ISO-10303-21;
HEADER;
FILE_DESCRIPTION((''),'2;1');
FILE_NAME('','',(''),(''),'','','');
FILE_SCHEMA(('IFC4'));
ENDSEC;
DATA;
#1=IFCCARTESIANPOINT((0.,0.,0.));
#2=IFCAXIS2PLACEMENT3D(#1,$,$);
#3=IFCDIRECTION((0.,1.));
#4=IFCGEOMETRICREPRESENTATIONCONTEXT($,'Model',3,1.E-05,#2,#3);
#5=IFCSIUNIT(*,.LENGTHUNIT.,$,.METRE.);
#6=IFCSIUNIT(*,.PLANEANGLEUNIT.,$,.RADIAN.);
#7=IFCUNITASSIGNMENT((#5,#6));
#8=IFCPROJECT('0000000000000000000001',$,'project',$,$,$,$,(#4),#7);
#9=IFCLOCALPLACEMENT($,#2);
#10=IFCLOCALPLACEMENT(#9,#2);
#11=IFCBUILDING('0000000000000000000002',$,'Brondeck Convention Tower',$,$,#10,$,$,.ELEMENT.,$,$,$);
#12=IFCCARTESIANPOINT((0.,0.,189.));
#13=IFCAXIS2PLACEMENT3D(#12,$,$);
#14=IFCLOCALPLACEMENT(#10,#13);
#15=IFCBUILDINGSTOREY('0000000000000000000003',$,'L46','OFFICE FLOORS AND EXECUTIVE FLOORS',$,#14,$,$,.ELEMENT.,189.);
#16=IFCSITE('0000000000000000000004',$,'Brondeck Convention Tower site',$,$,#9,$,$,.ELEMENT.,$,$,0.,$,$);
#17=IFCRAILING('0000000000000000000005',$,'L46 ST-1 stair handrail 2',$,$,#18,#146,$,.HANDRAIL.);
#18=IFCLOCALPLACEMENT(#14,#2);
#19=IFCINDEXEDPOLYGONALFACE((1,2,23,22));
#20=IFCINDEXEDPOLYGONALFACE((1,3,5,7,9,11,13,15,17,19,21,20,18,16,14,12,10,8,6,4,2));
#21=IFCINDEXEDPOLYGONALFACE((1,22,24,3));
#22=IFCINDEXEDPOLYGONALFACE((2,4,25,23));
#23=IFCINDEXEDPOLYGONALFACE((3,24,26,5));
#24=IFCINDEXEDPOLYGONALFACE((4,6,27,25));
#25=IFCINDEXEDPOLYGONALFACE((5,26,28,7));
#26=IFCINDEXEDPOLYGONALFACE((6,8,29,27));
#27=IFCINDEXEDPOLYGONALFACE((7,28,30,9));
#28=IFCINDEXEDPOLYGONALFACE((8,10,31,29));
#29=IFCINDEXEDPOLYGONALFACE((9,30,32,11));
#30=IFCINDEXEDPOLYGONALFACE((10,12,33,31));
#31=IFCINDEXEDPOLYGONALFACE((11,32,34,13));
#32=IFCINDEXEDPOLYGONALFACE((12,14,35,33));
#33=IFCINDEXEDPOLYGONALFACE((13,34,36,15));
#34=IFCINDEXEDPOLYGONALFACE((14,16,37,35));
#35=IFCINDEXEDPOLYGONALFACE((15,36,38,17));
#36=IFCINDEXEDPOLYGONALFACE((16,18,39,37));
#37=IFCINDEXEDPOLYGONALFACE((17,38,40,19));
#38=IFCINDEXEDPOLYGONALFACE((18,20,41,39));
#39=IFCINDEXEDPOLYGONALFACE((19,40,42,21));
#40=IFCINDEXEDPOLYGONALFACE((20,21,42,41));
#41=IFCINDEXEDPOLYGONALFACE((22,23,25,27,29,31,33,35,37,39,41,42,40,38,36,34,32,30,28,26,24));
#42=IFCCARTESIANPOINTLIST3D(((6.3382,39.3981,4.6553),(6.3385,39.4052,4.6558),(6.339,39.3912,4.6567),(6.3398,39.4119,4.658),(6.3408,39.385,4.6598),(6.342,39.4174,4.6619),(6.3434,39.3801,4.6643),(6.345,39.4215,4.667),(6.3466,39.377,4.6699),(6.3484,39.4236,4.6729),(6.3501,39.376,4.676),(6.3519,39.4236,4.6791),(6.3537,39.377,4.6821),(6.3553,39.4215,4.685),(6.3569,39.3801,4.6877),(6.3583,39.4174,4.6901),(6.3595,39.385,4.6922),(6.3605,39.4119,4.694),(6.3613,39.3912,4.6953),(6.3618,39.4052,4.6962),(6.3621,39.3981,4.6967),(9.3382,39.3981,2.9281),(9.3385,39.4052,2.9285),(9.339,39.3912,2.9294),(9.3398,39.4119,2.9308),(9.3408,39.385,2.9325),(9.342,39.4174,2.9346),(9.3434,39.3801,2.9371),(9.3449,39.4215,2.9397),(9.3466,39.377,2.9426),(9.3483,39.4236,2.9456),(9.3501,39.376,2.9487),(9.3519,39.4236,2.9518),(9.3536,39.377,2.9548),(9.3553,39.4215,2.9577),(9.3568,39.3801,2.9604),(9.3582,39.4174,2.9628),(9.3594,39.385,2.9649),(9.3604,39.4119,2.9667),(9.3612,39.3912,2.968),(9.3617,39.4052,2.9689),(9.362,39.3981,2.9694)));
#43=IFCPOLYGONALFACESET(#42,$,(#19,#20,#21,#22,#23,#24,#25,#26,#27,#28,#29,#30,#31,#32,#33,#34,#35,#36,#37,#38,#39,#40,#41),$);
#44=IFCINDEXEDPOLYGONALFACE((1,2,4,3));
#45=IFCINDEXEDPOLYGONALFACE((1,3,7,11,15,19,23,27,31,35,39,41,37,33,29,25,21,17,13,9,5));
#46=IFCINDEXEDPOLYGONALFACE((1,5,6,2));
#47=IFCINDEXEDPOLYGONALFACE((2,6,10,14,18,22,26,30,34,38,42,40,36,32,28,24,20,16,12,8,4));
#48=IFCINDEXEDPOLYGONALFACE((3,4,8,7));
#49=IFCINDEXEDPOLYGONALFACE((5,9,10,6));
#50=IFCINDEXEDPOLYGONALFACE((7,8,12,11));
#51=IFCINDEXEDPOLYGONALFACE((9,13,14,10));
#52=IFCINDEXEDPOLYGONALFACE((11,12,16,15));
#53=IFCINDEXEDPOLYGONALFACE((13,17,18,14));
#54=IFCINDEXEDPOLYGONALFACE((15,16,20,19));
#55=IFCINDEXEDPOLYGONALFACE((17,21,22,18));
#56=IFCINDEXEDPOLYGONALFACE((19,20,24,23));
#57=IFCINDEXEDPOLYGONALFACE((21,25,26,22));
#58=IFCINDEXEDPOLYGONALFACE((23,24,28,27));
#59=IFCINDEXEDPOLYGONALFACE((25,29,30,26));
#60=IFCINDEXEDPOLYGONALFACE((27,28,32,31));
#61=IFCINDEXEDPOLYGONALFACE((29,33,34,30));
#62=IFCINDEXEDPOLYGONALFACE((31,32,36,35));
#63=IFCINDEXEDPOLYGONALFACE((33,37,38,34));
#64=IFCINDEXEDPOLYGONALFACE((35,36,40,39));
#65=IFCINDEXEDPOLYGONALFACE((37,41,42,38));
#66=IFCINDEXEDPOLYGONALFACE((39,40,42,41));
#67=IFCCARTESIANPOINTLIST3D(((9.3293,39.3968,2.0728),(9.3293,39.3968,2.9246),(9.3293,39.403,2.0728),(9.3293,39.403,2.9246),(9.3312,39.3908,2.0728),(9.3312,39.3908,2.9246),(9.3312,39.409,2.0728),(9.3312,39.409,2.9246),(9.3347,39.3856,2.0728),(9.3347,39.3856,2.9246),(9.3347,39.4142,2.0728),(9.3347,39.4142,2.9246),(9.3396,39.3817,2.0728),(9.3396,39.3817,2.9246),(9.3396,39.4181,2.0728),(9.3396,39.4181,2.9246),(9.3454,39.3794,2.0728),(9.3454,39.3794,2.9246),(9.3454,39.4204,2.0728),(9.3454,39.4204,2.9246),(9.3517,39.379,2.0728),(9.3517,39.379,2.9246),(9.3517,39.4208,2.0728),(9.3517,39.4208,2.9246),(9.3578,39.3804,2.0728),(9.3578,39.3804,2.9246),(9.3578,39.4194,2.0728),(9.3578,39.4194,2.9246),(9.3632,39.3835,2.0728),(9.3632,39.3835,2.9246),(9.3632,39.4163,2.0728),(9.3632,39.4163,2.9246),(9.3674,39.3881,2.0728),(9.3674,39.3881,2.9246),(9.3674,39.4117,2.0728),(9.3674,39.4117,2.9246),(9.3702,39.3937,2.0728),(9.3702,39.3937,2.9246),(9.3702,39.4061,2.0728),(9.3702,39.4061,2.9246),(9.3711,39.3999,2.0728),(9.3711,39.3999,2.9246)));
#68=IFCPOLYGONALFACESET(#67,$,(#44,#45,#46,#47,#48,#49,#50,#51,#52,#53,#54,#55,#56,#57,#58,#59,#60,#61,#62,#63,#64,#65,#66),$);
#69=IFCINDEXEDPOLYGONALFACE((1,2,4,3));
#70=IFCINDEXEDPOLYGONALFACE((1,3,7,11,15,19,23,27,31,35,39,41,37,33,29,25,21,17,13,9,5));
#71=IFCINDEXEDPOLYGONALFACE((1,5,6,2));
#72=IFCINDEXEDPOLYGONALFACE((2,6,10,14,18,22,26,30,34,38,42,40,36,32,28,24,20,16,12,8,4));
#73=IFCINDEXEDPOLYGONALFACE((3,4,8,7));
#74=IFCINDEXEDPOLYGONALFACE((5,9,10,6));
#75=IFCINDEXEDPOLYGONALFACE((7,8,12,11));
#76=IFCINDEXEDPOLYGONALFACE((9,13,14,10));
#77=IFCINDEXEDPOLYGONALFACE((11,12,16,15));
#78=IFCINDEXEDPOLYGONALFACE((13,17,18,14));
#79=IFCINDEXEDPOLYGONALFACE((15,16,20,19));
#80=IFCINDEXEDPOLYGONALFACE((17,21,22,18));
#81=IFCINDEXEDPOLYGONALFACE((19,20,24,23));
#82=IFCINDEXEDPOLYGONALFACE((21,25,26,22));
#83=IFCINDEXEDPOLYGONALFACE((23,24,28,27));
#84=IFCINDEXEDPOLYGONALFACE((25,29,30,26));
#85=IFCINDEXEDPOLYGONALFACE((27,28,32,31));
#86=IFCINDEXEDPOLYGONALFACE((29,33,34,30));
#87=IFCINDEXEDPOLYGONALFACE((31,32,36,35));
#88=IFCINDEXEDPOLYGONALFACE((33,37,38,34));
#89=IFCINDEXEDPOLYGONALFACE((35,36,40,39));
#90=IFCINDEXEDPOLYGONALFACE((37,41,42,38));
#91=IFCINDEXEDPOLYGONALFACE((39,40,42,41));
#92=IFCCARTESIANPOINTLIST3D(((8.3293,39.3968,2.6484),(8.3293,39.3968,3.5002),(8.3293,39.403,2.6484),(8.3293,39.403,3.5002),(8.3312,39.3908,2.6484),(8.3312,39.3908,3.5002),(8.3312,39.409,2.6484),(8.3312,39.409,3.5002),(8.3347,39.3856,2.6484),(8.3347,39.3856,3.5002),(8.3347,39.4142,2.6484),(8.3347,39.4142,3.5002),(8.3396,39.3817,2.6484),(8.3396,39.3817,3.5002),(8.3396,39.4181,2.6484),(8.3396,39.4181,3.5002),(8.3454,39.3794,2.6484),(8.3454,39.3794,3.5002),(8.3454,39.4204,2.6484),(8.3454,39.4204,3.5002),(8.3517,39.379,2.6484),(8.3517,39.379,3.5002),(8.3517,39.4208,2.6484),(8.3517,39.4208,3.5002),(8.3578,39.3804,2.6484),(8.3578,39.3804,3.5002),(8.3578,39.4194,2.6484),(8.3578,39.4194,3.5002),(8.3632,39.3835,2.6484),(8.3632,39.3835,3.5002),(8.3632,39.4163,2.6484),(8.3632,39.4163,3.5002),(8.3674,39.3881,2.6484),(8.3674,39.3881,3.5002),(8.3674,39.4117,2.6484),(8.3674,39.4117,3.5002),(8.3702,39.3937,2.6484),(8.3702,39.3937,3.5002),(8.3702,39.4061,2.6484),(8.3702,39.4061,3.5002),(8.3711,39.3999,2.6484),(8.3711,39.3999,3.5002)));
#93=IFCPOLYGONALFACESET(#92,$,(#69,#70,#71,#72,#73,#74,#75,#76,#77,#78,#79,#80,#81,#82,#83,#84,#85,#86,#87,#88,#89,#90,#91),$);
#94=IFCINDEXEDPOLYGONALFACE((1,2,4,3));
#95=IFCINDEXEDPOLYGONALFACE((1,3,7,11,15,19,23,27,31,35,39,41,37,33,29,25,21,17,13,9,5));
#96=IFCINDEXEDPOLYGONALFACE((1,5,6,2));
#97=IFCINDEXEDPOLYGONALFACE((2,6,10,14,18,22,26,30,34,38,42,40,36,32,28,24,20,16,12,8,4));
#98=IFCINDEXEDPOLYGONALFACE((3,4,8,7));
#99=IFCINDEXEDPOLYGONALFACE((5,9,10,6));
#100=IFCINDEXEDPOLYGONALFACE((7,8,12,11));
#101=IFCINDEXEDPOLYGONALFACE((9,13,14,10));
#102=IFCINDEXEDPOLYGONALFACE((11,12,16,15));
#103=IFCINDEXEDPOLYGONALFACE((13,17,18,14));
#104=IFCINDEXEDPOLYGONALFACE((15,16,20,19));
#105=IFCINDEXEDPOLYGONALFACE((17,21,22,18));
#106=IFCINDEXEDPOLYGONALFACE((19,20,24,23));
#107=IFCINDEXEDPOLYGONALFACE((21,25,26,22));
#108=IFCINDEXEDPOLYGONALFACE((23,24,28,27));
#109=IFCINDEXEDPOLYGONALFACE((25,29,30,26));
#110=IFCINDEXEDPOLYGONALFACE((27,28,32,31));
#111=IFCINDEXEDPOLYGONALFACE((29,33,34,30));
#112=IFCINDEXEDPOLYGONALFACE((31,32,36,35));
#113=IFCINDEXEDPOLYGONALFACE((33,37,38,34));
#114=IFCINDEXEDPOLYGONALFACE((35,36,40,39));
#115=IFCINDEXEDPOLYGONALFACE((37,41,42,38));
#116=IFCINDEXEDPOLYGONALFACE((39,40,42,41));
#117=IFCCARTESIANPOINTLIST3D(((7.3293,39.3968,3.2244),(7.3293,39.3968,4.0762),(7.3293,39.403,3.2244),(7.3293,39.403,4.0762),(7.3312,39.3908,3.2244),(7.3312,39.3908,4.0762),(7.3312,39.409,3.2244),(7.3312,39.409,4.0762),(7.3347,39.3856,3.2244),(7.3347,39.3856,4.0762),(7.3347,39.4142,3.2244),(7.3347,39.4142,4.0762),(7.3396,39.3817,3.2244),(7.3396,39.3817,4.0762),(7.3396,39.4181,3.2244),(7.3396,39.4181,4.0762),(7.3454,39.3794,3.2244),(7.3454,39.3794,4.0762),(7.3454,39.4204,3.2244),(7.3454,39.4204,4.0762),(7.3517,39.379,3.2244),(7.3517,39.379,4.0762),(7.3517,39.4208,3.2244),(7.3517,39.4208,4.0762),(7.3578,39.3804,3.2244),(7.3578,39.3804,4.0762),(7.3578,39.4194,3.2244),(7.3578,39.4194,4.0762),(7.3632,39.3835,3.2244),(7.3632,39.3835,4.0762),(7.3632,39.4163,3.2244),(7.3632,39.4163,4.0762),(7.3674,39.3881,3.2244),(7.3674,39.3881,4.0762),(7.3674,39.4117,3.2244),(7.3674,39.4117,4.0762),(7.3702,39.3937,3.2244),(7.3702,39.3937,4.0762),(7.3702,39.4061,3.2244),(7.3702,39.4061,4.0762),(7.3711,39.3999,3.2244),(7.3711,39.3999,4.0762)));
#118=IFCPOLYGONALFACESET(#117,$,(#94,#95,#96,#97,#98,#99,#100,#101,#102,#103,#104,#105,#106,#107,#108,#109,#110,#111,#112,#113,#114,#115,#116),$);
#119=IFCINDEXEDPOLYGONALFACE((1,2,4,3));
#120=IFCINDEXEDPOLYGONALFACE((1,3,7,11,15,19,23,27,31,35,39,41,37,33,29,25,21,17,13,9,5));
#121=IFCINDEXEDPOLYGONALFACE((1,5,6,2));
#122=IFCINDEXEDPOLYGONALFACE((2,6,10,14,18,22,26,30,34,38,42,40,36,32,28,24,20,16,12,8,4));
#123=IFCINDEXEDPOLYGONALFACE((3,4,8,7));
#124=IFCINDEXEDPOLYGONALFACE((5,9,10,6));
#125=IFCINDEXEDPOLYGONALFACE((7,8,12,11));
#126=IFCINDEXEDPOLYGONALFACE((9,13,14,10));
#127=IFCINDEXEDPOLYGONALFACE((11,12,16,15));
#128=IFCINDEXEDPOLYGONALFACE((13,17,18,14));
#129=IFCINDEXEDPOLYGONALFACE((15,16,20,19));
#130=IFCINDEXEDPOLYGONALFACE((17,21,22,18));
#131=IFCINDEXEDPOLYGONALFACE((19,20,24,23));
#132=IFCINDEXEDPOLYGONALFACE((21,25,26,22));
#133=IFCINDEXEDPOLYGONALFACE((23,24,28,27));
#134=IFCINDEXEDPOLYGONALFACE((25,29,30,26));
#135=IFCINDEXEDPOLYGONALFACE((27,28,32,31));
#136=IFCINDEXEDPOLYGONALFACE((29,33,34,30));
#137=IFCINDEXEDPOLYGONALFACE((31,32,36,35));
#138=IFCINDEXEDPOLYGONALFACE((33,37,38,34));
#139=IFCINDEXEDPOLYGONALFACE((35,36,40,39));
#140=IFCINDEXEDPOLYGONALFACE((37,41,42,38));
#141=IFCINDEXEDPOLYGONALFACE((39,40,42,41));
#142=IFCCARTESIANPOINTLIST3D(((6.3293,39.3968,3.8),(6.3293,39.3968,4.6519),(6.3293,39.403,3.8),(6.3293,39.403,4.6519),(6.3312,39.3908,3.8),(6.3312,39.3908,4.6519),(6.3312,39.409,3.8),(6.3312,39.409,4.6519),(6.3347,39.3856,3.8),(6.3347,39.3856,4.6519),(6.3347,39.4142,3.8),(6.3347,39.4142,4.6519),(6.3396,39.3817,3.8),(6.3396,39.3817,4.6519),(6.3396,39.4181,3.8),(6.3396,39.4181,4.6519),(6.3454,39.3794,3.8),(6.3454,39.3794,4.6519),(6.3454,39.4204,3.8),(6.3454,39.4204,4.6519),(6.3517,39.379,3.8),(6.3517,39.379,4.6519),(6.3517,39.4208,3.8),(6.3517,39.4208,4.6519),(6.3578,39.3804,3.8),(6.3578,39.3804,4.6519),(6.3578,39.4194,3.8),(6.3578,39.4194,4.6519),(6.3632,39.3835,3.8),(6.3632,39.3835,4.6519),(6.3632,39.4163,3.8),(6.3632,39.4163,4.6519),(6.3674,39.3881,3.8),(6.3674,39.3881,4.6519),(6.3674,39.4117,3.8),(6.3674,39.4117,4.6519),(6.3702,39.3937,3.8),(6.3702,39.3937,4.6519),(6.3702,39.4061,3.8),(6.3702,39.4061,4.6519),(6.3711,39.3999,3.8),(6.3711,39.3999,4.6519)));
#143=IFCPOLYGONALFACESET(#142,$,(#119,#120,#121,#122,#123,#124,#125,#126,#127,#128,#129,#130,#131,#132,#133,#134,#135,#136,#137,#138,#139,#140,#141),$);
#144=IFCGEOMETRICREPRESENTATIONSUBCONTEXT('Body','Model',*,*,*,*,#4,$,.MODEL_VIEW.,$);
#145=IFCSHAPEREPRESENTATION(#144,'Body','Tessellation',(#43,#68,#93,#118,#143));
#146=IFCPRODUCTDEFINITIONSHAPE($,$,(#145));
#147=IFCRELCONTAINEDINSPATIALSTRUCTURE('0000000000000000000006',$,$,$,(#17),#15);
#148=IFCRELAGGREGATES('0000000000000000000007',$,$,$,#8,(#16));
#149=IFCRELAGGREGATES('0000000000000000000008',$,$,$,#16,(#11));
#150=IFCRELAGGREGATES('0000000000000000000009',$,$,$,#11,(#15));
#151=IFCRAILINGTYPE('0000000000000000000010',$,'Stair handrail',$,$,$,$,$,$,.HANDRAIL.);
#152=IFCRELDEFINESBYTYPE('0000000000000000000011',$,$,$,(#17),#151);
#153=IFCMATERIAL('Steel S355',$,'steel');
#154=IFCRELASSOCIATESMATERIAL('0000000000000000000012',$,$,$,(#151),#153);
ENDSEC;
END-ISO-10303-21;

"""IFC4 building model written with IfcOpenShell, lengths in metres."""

from ifc_helpers import new_model, si_unit, direction, frame, origin, origin_2d, place, context, subcontext, project, spatial, circle, extrude, material, type_object, element, save


model = new_model("IFC4")

# Units and contexts
model_context = context("Model", 3, precision=1e-05, world=origin(), true_north=direction((0.0, 1.0)))
body_context = subcontext(model_context, "Body", "Model", "MODEL_VIEW")
ifc_project = project(units=[si_unit("LENGTHUNIT", "METRE"), si_unit("PLANEANGLEUNIT", "RADIAN")], contexts=[model_context])

# Site, building, storey
site_placement = place(None, origin())
site = spatial("IfcSite", under=ifc_project, at=site_placement, Name="Brondeck Convention Tower site", CompositionType="ELEMENT", RefElevation=0.0)
building_placement = place(site_placement, origin())
building = spatial("IfcBuilding", under=site, at=building_placement, Name="Brondeck Convention Tower", CompositionType="ELEMENT")
storey_placement = place(building_placement, frame((0.0, 0.0, 189.0)))
storey = spatial("IfcBuildingStorey", under=building, at=storey_placement, Name="L46", Description="OFFICE FLOORS AND EXECUTIVE FLOORS", CompositionType="ELEMENT", Elevation=189.0)

# Shared definitions
ifc_material_1 = material(Name="Steel S355", Category="steel")

# Railing
railing_type_1 = type_object("IfcRailingType", Name="Stair handrail", PredefinedType="HANDRAIL", material=ifc_material_1)
railing_1_placement = place(storey_placement, frame((9.3501, 39.3999, 2.0728)))
element("IfcRailing", 1, at=railing_1_placement, inside=storey, type_object=railing_type_1, Name="L46 ST-1 stair handrail 2", PredefinedType="HANDRAIL", context=body_context, shape_type="SweptSolid", body=[
    extrude(circle(Radius=0.0239, at=origin_2d()), frame((0.0, 0.0, 0.876), z_axis=(-0.86662, 0.0, 0.498969), x_axis=(0.0, -1.0, 0.0)), (0.0, 0.0, 1.0), 3.4617),
    extrude(circle(Radius=0.021, at=origin_2d()), origin(), (0.0, 0.0, 1.0), 0.8518),
    extrude(circle(Radius=0.021, at=origin_2d()), frame((-1.0, 0.0, 0.5757)), (0.0, 0.0, 1.0), 0.8518),
    extrude(circle(Radius=0.021, at=origin_2d()), frame((-2.0, 0.0, 1.1516)), (0.0, 0.0, 1.0), 0.8518),
    extrude(circle(Radius=0.021, at=origin_2d()), frame((-3.0, 0.0, 1.7273)), (0.0, 0.0, 1.0), 0.8518),
])

save(model, "model.ifc")
